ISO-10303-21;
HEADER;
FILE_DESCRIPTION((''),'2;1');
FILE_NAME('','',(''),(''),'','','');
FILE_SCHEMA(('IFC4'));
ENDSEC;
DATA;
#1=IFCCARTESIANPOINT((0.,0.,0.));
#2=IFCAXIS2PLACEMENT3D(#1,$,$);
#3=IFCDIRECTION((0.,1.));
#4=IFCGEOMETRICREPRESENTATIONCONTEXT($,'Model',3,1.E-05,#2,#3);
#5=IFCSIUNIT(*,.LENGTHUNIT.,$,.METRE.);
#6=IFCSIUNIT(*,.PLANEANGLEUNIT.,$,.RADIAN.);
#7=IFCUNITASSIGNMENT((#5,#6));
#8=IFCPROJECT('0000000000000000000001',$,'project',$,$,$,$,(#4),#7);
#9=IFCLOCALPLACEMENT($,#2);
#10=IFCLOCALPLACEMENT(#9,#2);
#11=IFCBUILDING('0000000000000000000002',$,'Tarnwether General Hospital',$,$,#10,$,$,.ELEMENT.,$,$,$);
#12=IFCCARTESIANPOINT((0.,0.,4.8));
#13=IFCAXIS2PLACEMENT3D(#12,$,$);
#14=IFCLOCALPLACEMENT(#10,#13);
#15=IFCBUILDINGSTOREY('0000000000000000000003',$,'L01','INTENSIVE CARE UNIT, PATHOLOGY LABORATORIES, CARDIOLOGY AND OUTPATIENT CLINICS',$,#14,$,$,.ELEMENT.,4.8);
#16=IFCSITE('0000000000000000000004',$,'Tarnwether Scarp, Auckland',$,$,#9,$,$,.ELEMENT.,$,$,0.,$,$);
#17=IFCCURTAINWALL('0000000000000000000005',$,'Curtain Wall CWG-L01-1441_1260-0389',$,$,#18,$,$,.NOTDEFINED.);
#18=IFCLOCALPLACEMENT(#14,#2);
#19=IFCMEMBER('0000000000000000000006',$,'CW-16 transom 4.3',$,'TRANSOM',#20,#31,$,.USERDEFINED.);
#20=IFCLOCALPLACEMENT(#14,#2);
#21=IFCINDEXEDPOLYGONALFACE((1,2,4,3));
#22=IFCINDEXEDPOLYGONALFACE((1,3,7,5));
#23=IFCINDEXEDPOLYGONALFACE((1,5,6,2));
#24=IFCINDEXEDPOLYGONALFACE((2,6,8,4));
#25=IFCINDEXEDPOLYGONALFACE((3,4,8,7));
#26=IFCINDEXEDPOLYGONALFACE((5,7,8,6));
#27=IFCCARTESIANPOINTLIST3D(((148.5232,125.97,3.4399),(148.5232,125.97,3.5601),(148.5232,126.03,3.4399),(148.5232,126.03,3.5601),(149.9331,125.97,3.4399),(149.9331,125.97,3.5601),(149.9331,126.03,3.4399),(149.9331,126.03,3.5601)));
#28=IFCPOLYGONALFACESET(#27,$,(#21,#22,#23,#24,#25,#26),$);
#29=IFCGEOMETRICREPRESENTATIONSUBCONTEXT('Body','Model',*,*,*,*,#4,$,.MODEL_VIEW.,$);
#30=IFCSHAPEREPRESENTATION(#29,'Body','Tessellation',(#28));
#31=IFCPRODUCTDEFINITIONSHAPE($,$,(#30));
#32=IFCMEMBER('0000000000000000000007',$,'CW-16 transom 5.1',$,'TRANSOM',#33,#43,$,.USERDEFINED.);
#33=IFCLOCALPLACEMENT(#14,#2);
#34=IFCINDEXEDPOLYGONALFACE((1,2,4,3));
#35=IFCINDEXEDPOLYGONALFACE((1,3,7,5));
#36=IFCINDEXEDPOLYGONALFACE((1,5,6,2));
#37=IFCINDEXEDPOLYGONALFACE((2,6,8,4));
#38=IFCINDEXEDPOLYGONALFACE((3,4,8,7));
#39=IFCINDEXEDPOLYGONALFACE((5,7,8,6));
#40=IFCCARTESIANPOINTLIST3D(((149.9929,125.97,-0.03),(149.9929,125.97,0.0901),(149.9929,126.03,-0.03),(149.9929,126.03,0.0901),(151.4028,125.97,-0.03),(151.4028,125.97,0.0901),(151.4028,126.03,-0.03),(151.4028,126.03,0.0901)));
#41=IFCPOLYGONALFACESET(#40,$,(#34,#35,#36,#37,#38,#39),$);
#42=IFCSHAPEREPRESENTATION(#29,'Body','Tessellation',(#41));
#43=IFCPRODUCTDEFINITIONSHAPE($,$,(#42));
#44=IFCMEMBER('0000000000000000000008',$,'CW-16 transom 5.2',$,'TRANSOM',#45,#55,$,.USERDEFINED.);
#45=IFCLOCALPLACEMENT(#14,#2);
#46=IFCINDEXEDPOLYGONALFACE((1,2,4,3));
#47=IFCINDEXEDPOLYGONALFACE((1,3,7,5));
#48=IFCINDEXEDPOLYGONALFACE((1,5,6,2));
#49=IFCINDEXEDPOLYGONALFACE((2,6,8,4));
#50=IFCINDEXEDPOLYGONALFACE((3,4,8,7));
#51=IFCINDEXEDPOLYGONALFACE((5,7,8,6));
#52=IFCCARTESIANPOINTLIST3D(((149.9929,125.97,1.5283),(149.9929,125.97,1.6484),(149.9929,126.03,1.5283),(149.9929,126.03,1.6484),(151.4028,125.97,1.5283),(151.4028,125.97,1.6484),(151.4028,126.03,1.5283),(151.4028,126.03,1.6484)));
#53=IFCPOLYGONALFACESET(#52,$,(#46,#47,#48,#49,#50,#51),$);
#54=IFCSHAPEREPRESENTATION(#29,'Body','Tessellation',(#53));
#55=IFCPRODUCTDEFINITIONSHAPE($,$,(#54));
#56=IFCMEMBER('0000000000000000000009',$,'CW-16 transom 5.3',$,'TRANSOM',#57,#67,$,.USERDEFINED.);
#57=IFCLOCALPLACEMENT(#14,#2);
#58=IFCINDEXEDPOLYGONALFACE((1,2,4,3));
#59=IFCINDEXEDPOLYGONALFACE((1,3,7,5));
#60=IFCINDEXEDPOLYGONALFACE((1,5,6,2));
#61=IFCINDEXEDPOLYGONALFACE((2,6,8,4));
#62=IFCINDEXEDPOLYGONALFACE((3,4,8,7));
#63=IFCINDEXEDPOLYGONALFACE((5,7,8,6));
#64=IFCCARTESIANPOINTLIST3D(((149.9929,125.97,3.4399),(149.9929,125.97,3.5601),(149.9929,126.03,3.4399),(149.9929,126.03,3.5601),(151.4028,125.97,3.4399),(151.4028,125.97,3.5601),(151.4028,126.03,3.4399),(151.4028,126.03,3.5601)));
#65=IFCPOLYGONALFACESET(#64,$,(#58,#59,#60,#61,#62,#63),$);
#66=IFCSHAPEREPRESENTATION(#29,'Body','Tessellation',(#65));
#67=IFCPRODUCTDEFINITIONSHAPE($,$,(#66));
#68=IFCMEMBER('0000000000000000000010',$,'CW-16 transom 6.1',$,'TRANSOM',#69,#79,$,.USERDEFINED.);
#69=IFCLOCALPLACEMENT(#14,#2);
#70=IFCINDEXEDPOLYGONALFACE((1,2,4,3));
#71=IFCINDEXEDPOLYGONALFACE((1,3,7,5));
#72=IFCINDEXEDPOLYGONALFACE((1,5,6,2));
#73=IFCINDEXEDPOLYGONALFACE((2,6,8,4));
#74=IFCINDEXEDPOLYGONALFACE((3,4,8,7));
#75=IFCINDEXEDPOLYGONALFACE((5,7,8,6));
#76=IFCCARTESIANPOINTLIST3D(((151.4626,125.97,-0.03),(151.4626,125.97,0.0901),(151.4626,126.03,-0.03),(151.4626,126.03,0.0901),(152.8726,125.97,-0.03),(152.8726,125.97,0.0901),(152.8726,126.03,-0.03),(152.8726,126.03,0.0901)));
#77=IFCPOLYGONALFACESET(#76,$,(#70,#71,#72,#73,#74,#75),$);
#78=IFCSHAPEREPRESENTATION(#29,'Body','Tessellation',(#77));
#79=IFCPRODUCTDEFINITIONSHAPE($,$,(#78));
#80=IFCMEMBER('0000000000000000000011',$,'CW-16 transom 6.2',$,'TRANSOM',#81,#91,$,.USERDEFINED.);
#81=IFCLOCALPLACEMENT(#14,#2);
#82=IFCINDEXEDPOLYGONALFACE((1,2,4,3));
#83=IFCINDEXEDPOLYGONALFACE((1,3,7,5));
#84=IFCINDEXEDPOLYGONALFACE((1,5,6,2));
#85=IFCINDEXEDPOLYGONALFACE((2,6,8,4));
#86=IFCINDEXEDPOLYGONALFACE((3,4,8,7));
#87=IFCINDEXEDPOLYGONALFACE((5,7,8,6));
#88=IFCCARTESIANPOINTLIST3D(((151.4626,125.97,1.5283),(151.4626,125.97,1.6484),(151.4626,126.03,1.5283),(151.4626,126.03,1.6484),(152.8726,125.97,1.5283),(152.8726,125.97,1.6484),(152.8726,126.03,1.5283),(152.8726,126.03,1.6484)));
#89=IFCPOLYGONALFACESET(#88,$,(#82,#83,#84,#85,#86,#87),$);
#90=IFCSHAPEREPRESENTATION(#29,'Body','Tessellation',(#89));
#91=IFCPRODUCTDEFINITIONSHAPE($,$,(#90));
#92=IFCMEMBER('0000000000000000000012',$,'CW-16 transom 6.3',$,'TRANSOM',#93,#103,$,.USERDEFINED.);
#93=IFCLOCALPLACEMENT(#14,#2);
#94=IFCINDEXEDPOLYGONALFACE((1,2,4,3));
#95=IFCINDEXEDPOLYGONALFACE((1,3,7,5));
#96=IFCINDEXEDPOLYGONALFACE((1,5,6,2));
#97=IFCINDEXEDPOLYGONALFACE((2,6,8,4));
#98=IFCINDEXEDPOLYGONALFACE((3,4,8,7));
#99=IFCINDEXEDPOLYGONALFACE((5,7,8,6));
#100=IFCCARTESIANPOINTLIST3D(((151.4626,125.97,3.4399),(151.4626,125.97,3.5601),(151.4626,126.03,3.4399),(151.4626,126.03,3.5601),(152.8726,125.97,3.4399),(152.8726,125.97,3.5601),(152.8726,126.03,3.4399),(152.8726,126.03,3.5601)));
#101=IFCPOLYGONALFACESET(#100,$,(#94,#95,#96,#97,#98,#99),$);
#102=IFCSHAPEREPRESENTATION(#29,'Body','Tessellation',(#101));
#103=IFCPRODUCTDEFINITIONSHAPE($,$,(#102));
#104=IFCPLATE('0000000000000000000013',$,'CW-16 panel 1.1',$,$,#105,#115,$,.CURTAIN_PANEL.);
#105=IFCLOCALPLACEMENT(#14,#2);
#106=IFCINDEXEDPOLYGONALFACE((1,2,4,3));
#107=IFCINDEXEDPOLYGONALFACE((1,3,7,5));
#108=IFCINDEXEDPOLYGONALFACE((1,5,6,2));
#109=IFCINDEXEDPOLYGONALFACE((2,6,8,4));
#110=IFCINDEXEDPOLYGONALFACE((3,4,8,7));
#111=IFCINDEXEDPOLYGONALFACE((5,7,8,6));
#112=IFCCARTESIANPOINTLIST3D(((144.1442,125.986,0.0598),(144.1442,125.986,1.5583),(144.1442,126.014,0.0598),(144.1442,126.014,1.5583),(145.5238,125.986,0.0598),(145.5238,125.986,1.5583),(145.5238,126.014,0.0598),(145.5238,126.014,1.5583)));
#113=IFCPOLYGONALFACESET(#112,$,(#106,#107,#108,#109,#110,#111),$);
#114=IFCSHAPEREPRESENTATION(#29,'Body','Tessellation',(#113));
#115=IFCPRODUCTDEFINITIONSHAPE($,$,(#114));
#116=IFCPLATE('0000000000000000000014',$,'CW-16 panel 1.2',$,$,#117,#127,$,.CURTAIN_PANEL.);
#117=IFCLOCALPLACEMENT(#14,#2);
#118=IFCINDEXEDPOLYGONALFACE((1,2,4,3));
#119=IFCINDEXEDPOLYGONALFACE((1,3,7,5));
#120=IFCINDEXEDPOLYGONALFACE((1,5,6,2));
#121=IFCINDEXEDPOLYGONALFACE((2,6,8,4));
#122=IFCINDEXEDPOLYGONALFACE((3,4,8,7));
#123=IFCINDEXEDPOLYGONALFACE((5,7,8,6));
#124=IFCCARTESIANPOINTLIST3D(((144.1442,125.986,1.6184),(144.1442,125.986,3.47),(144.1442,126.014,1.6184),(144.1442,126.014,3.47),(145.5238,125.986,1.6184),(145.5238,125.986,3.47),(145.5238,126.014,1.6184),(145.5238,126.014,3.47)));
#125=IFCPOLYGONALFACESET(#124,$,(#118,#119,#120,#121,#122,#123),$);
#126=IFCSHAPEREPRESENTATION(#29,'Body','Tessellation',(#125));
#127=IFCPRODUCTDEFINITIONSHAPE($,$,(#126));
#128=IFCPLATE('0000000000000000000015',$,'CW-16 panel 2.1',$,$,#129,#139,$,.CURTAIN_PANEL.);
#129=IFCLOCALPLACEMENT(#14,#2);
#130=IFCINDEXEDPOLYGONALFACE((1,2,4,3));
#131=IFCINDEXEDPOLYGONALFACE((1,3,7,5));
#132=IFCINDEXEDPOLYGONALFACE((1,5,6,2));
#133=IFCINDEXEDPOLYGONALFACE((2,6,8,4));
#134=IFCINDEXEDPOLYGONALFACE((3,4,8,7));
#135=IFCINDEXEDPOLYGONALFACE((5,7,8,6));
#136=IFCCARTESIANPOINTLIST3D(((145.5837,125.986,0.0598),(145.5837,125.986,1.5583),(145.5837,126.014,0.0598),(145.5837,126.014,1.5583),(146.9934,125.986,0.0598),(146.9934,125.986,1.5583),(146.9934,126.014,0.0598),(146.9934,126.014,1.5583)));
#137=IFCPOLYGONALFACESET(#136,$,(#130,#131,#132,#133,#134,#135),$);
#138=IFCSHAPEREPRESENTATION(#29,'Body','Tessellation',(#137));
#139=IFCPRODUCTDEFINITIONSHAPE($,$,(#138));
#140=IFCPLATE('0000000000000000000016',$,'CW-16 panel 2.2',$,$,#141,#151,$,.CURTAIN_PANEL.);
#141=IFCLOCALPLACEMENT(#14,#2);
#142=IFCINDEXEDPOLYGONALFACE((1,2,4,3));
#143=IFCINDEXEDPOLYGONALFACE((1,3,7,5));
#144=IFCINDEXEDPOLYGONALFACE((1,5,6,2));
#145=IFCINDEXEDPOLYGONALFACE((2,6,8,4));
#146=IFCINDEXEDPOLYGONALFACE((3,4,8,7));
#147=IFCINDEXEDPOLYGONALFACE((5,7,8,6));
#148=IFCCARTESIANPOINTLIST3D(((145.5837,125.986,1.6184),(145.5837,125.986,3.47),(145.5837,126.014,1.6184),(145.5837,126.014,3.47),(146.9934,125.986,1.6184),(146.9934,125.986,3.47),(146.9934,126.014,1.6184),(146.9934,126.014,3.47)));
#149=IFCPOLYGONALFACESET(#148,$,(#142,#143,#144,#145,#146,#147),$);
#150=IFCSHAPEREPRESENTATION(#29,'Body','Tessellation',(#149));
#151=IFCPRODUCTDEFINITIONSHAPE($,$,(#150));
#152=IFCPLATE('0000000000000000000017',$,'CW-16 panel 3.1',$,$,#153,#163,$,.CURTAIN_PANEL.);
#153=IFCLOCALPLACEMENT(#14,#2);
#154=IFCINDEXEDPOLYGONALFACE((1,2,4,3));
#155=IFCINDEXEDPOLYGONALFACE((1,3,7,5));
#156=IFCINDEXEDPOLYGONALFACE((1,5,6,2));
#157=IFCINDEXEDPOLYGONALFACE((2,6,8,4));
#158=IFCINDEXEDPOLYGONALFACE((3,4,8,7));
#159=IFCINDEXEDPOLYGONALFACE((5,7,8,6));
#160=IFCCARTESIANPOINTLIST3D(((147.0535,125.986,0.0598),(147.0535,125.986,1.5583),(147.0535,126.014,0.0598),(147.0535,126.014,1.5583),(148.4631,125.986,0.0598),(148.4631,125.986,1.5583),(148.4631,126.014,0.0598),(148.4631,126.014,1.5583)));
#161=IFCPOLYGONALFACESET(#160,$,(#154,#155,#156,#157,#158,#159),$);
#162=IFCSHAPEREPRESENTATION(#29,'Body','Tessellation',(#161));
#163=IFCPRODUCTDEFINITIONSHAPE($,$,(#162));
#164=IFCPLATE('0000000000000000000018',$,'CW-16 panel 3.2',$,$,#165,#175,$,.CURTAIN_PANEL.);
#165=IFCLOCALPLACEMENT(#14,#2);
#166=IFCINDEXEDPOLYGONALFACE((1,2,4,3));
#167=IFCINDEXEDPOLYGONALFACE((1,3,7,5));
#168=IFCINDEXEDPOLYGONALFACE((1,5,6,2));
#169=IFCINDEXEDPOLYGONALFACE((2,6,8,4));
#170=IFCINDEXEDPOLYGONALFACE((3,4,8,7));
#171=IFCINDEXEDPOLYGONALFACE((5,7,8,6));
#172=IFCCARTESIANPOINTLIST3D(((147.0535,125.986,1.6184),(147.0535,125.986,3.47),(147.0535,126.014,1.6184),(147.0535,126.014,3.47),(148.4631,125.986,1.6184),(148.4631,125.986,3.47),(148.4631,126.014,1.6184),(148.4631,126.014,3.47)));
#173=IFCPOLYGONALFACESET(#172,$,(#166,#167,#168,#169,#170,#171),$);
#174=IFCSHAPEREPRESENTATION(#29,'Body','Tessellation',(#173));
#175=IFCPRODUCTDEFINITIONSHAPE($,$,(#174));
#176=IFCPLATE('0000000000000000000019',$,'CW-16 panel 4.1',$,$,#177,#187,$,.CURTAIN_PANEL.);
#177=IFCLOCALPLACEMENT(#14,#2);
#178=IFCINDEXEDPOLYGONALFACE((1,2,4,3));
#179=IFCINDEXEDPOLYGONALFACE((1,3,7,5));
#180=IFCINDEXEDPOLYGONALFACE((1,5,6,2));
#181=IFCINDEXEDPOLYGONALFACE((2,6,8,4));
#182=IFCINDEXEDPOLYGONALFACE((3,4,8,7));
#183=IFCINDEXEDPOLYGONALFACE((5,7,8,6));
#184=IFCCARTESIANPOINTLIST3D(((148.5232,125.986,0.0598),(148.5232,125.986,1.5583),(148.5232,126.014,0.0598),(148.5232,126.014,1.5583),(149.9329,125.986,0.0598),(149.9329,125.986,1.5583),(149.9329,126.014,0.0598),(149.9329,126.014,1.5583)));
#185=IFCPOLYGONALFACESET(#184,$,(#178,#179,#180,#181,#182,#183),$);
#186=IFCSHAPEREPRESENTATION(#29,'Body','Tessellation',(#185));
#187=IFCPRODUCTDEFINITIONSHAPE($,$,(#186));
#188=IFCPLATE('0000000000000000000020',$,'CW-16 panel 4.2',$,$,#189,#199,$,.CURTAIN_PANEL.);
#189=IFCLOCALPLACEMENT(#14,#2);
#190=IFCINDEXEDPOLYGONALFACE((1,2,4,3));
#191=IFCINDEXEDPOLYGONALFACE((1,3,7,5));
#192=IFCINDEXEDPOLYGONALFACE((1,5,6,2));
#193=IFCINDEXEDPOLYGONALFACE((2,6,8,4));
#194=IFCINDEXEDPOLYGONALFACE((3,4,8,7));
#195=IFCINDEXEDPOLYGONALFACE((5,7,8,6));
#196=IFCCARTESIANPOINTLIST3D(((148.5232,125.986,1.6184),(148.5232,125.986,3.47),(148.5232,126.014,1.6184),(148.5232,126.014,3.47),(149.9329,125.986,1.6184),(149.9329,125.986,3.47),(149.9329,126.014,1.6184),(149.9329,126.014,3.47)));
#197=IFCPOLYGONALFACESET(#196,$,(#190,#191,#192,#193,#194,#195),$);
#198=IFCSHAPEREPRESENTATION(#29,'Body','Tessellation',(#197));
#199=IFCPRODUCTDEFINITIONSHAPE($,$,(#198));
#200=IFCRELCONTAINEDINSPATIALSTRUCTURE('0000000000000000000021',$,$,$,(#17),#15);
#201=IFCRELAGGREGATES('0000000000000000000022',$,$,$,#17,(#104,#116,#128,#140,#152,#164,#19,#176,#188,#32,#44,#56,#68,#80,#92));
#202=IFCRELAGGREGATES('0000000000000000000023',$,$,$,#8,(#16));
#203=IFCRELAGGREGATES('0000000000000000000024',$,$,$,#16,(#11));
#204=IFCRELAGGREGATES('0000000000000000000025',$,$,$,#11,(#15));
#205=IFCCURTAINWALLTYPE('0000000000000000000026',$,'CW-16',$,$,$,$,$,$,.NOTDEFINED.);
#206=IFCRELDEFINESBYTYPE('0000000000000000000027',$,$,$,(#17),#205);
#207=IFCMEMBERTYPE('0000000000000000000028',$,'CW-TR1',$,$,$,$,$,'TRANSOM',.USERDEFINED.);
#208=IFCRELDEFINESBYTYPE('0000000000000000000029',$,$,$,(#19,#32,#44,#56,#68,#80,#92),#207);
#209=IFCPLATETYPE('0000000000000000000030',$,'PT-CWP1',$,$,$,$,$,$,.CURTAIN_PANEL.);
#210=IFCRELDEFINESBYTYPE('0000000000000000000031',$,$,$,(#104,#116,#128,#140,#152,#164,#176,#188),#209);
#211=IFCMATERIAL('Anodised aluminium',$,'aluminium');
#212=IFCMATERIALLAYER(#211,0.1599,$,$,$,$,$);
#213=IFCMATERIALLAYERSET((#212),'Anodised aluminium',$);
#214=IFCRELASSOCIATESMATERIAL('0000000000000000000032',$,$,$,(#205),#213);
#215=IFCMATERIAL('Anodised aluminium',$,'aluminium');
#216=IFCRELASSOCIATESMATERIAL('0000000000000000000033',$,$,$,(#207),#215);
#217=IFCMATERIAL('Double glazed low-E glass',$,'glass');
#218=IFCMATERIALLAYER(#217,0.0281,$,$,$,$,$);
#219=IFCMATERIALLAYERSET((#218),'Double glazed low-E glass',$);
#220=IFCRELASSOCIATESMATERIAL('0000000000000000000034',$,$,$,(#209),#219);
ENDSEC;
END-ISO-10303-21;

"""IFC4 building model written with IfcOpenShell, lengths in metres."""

from ifc_helpers import new_model, si_unit, direction, frame, origin, origin_2d, place, context, subcontext, project, spatial, rectangle, extrude, material, layer, layer_set, material_profile, profile_set, type_object, element, aggregate, save


model = new_model("IFC4")

# Units and contexts
model_context = context("Model", 3, precision=1e-05, world=origin(), true_north=direction((0.0, 1.0)))
body_context = subcontext(model_context, "Body", "Model", "MODEL_VIEW")
ifc_project = project(units=[si_unit("LENGTHUNIT", "METRE"), si_unit("PLANEANGLEUNIT", "RADIAN")], contexts=[model_context])

# Site, building, storey
site_placement = place(None, origin())
site = spatial("IfcSite", under=ifc_project, at=site_placement, Name="Tarnwether Scarp, Auckland", CompositionType="ELEMENT", RefElevation=0.0)
building_placement = place(site_placement, origin())
building = spatial("IfcBuilding", under=site, at=building_placement, Name="Tarnwether General Hospital", CompositionType="ELEMENT")
storey_placement = place(building_placement, frame((0.0, 0.0, 4.8)))
storey = spatial("IfcBuildingStorey", under=building, at=storey_placement, Name="L01", Description="INTENSIVE CARE UNIT, PATHOLOGY LABORATORIES, CARDIOLOGY AND OUTPATIENT CLINICS", CompositionType="ELEMENT", Elevation=4.8)

# Curtain wall, members, plates
ifc_material_1 = material(Name="Anodised aluminium", Category="aluminium")
ifc_layer_1 = layer(ifc_material_1, 0.1599)
ifc_layer_set_1 = layer_set([ifc_layer_1], Name="Anodised aluminium")
curtain_wall_type = type_object("IfcCurtainWallType", Name="CW-16", PredefinedType="NOTDEFINED", material=ifc_layer_set_1)
curtain_wall_placement = place(storey_placement, origin())
curtain_wall = element("IfcCurtainWall", 1, at=curtain_wall_placement, inside=storey, type_object=curtain_wall_type, Name="Curtain Wall CWG-L01-1441_1260-0389", PredefinedType="NOTDEFINED")
ifc_material_2 = material(Name="Anodised aluminium", Category="aluminium")
ifc_material_profile_1 = material_profile(ifc_material_2, rectangle(XDim=0.0601, YDim=0.1201, at=origin_2d()), Name="ALU-TRN-60x120")
ifc_profile_set_1 = profile_set([ifc_material_profile_1], Name="Anodised aluminium")
member_type_1 = type_object("IfcMemberType", Name="CW-TR1", ElementType="TRANSOM", PredefinedType="USERDEFINED", material=ifc_profile_set_1)
member_1_placement = place(storey_placement, frame((148.5232, 126.0, 3.5), z_axis=(1.0, 0.0, 0.0), x_axis=(0.0, 1.0, 0.0)))
member_1 = element("IfcMember", 2, at=member_1_placement, type_object=member_type_1, Name="CW-16 transom 4.3", ObjectType="TRANSOM", PredefinedType="USERDEFINED", context=body_context, shape_type="SweptSolid", body=[
    extrude(rectangle(XDim=0.0601, YDim=0.1201, at=origin_2d()), origin(), (0.0, 0.0, 1.0), 1.4099),
])
member_2_placement = place(storey_placement, frame((149.9929, 126.0, 0.03), z_axis=(1.0, 0.0, 0.0), x_axis=(0.0, 1.0, 0.0)))
member_2 = element("IfcMember", 3, at=member_2_placement, type_object=member_type_1, Name="CW-16 transom 5.1", ObjectType="TRANSOM", PredefinedType="USERDEFINED", context=body_context, shape_type="SweptSolid", body=[
    extrude(rectangle(XDim=0.0601, YDim=0.1201, at=origin_2d()), origin(), (0.0, 0.0, 1.0), 1.4099),
])
member_3_placement = place(storey_placement, frame((149.9929, 126.0, 1.5884), z_axis=(1.0, 0.0, 0.0), x_axis=(0.0, 1.0, 0.0)))
member_3 = element("IfcMember", 4, at=member_3_placement, type_object=member_type_1, Name="CW-16 transom 5.2", ObjectType="TRANSOM", PredefinedType="USERDEFINED", context=body_context, shape_type="SweptSolid", body=[
    extrude(rectangle(XDim=0.0601, YDim=0.1201, at=origin_2d()), origin(), (0.0, 0.0, 1.0), 1.4099),
])
member_4_placement = place(storey_placement, frame((149.9929, 126.0, 3.5), z_axis=(1.0, 0.0, 0.0), x_axis=(0.0, 1.0, 0.0)))
member_4 = element("IfcMember", 5, at=member_4_placement, type_object=member_type_1, Name="CW-16 transom 5.3", ObjectType="TRANSOM", PredefinedType="USERDEFINED", context=body_context, shape_type="SweptSolid", body=[
    extrude(rectangle(XDim=0.0601, YDim=0.1201, at=origin_2d()), origin(), (0.0, 0.0, 1.0), 1.4099),
])
member_5_placement = place(storey_placement, frame((151.4626, 126.0, 0.03), z_axis=(1.0, 0.0, 0.0), x_axis=(0.0, 1.0, 0.0)))
member_5 = element("IfcMember", 6, at=member_5_placement, type_object=member_type_1, Name="CW-16 transom 6.1", ObjectType="TRANSOM", PredefinedType="USERDEFINED", context=body_context, shape_type="SweptSolid", body=[
    extrude(rectangle(XDim=0.0601, YDim=0.1201, at=origin_2d()), origin(), (0.0, 0.0, 1.0), 1.4099),
])
member_6_placement = place(storey_placement, frame((151.4626, 126.0, 1.5884), z_axis=(1.0, 0.0, 0.0), x_axis=(0.0, 1.0, 0.0)))
member_6 = element("IfcMember", 7, at=member_6_placement, type_object=member_type_1, Name="CW-16 transom 6.2", ObjectType="TRANSOM", PredefinedType="USERDEFINED", context=body_context, shape_type="SweptSolid", body=[
    extrude(rectangle(XDim=0.0601, YDim=0.1201, at=origin_2d()), origin(), (0.0, 0.0, 1.0), 1.4099),
])
member_7_placement = place(storey_placement, frame((151.4626, 126.0, 3.5), z_axis=(1.0, 0.0, 0.0), x_axis=(0.0, 1.0, 0.0)))
member_7 = element("IfcMember", 8, at=member_7_placement, type_object=member_type_1, Name="CW-16 transom 6.3", ObjectType="TRANSOM", PredefinedType="USERDEFINED", context=body_context, shape_type="SweptSolid", body=[
    extrude(rectangle(XDim=0.0601, YDim=0.1201, at=origin_2d()), origin(), (0.0, 0.0, 1.0), 1.4099),
])
ifc_material_3 = material(Name="Double glazed low-E glass", Category="glass")
ifc_layer_2 = layer(ifc_material_3, 0.0281)
ifc_layer_set_2 = layer_set([ifc_layer_2], Name="Double glazed low-E glass")
plate_type = type_object("IfcPlateType", Name="PT-CWP1", PredefinedType="CURTAIN_PANEL", material=ifc_layer_set_2)
plate_1_placement = place(storey_placement, frame((144.834, 126.0, 0.0598), z_axis=(0.0, 0.0, 1.0), x_axis=(1.0, 0.0, 0.0)))
plate_1 = element("IfcPlate", 9, at=plate_1_placement, type_object=plate_type, Name="CW-16 panel 1.1", PredefinedType="CURTAIN_PANEL", context=body_context, shape_type="SweptSolid", body=[
    extrude(rectangle(XDim=1.3796, YDim=0.0281, at=origin_2d()), origin(), (0.0, 0.0, 1.0), 1.4985),
])
plate_2_placement = place(storey_placement, frame((144.834, 126.0, 1.6184), z_axis=(0.0, 0.0, 1.0), x_axis=(1.0, 0.0, 0.0)))
plate_2 = element("IfcPlate", 10, at=plate_2_placement, type_object=plate_type, Name="CW-16 panel 1.2", PredefinedType="CURTAIN_PANEL", context=body_context, shape_type="SweptSolid", body=[
    extrude(rectangle(XDim=1.3796, YDim=0.0281, at=origin_2d()), origin(), (0.0, 0.0, 1.0), 1.8516),
])
plate_3_placement = place(storey_placement, frame((146.2886, 126.0, 0.0598), z_axis=(0.0, 0.0, 1.0), x_axis=(1.0, 0.0, 0.0)))
plate_3 = element("IfcPlate", 11, at=plate_3_placement, type_object=plate_type, Name="CW-16 panel 2.1", PredefinedType="CURTAIN_PANEL", context=body_context, shape_type="SweptSolid", body=[
    extrude(rectangle(XDim=1.4097, YDim=0.0281, at=origin_2d()), origin(), (0.0, 0.0, 1.0), 1.4985),
])
plate_4_placement = place(storey_placement, frame((146.2886, 126.0, 1.6184), z_axis=(0.0, 0.0, 1.0), x_axis=(1.0, 0.0, 0.0)))
plate_4 = element("IfcPlate", 12, at=plate_4_placement, type_object=plate_type, Name="CW-16 panel 2.2", PredefinedType="CURTAIN_PANEL", context=body_context, shape_type="SweptSolid", body=[
    extrude(rectangle(XDim=1.4097, YDim=0.0281, at=origin_2d()), origin(), (0.0, 0.0, 1.0), 1.8516),
])
plate_5_placement = place(storey_placement, frame((147.7583, 126.0, 0.0598), z_axis=(0.0, 0.0, 1.0), x_axis=(1.0, 0.0, 0.0)))
plate_5 = element("IfcPlate", 13, at=plate_5_placement, type_object=plate_type, Name="CW-16 panel 3.1", PredefinedType="CURTAIN_PANEL", context=body_context, shape_type="SweptSolid", body=[
    extrude(rectangle(XDim=1.4097, YDim=0.0281, at=origin_2d()), origin(), (0.0, 0.0, 1.0), 1.4985),
])
plate_6_placement = place(storey_placement, frame((147.7583, 126.0, 1.6184), z_axis=(0.0, 0.0, 1.0), x_axis=(1.0, 0.0, 0.0)))
plate_6 = element("IfcPlate", 14, at=plate_6_placement, type_object=plate_type, Name="CW-16 panel 3.2", PredefinedType="CURTAIN_PANEL", context=body_context, shape_type="SweptSolid", body=[
    extrude(rectangle(XDim=1.4097, YDim=0.0281, at=origin_2d()), origin(), (0.0, 0.0, 1.0), 1.8516),
])
plate_7_placement = place(storey_placement, frame((149.228, 126.0, 0.0598), z_axis=(0.0, 0.0, 1.0), x_axis=(1.0, 0.0, 0.0)))
plate_7 = element("IfcPlate", 15, at=plate_7_placement, type_object=plate_type, Name="CW-16 panel 4.1", PredefinedType="CURTAIN_PANEL", context=body_context, shape_type="SweptSolid", body=[
    extrude(rectangle(XDim=1.4097, YDim=0.0281, at=origin_2d()), origin(), (0.0, 0.0, 1.0), 1.4985),
])
plate_8_placement = place(storey_placement, frame((149.228, 126.0, 1.6184), z_axis=(0.0, 0.0, 1.0), x_axis=(1.0, 0.0, 0.0)))
plate_8 = element("IfcPlate", 16, at=plate_8_placement, type_object=plate_type, Name="CW-16 panel 4.2", PredefinedType="CURTAIN_PANEL", context=body_context, shape_type="SweptSolid", body=[
    extrude(rectangle(XDim=1.4097, YDim=0.0281, at=origin_2d()), origin(), (0.0, 0.0, 1.0), 1.8516),
])
aggregate(curtain_wall, [plate_1, plate_2, plate_3, plate_4, plate_5, plate_6, member_1, plate_7, plate_8, member_2, member_3, member_4, member_5, member_6, member_7])

save(model, "model.ifc")
